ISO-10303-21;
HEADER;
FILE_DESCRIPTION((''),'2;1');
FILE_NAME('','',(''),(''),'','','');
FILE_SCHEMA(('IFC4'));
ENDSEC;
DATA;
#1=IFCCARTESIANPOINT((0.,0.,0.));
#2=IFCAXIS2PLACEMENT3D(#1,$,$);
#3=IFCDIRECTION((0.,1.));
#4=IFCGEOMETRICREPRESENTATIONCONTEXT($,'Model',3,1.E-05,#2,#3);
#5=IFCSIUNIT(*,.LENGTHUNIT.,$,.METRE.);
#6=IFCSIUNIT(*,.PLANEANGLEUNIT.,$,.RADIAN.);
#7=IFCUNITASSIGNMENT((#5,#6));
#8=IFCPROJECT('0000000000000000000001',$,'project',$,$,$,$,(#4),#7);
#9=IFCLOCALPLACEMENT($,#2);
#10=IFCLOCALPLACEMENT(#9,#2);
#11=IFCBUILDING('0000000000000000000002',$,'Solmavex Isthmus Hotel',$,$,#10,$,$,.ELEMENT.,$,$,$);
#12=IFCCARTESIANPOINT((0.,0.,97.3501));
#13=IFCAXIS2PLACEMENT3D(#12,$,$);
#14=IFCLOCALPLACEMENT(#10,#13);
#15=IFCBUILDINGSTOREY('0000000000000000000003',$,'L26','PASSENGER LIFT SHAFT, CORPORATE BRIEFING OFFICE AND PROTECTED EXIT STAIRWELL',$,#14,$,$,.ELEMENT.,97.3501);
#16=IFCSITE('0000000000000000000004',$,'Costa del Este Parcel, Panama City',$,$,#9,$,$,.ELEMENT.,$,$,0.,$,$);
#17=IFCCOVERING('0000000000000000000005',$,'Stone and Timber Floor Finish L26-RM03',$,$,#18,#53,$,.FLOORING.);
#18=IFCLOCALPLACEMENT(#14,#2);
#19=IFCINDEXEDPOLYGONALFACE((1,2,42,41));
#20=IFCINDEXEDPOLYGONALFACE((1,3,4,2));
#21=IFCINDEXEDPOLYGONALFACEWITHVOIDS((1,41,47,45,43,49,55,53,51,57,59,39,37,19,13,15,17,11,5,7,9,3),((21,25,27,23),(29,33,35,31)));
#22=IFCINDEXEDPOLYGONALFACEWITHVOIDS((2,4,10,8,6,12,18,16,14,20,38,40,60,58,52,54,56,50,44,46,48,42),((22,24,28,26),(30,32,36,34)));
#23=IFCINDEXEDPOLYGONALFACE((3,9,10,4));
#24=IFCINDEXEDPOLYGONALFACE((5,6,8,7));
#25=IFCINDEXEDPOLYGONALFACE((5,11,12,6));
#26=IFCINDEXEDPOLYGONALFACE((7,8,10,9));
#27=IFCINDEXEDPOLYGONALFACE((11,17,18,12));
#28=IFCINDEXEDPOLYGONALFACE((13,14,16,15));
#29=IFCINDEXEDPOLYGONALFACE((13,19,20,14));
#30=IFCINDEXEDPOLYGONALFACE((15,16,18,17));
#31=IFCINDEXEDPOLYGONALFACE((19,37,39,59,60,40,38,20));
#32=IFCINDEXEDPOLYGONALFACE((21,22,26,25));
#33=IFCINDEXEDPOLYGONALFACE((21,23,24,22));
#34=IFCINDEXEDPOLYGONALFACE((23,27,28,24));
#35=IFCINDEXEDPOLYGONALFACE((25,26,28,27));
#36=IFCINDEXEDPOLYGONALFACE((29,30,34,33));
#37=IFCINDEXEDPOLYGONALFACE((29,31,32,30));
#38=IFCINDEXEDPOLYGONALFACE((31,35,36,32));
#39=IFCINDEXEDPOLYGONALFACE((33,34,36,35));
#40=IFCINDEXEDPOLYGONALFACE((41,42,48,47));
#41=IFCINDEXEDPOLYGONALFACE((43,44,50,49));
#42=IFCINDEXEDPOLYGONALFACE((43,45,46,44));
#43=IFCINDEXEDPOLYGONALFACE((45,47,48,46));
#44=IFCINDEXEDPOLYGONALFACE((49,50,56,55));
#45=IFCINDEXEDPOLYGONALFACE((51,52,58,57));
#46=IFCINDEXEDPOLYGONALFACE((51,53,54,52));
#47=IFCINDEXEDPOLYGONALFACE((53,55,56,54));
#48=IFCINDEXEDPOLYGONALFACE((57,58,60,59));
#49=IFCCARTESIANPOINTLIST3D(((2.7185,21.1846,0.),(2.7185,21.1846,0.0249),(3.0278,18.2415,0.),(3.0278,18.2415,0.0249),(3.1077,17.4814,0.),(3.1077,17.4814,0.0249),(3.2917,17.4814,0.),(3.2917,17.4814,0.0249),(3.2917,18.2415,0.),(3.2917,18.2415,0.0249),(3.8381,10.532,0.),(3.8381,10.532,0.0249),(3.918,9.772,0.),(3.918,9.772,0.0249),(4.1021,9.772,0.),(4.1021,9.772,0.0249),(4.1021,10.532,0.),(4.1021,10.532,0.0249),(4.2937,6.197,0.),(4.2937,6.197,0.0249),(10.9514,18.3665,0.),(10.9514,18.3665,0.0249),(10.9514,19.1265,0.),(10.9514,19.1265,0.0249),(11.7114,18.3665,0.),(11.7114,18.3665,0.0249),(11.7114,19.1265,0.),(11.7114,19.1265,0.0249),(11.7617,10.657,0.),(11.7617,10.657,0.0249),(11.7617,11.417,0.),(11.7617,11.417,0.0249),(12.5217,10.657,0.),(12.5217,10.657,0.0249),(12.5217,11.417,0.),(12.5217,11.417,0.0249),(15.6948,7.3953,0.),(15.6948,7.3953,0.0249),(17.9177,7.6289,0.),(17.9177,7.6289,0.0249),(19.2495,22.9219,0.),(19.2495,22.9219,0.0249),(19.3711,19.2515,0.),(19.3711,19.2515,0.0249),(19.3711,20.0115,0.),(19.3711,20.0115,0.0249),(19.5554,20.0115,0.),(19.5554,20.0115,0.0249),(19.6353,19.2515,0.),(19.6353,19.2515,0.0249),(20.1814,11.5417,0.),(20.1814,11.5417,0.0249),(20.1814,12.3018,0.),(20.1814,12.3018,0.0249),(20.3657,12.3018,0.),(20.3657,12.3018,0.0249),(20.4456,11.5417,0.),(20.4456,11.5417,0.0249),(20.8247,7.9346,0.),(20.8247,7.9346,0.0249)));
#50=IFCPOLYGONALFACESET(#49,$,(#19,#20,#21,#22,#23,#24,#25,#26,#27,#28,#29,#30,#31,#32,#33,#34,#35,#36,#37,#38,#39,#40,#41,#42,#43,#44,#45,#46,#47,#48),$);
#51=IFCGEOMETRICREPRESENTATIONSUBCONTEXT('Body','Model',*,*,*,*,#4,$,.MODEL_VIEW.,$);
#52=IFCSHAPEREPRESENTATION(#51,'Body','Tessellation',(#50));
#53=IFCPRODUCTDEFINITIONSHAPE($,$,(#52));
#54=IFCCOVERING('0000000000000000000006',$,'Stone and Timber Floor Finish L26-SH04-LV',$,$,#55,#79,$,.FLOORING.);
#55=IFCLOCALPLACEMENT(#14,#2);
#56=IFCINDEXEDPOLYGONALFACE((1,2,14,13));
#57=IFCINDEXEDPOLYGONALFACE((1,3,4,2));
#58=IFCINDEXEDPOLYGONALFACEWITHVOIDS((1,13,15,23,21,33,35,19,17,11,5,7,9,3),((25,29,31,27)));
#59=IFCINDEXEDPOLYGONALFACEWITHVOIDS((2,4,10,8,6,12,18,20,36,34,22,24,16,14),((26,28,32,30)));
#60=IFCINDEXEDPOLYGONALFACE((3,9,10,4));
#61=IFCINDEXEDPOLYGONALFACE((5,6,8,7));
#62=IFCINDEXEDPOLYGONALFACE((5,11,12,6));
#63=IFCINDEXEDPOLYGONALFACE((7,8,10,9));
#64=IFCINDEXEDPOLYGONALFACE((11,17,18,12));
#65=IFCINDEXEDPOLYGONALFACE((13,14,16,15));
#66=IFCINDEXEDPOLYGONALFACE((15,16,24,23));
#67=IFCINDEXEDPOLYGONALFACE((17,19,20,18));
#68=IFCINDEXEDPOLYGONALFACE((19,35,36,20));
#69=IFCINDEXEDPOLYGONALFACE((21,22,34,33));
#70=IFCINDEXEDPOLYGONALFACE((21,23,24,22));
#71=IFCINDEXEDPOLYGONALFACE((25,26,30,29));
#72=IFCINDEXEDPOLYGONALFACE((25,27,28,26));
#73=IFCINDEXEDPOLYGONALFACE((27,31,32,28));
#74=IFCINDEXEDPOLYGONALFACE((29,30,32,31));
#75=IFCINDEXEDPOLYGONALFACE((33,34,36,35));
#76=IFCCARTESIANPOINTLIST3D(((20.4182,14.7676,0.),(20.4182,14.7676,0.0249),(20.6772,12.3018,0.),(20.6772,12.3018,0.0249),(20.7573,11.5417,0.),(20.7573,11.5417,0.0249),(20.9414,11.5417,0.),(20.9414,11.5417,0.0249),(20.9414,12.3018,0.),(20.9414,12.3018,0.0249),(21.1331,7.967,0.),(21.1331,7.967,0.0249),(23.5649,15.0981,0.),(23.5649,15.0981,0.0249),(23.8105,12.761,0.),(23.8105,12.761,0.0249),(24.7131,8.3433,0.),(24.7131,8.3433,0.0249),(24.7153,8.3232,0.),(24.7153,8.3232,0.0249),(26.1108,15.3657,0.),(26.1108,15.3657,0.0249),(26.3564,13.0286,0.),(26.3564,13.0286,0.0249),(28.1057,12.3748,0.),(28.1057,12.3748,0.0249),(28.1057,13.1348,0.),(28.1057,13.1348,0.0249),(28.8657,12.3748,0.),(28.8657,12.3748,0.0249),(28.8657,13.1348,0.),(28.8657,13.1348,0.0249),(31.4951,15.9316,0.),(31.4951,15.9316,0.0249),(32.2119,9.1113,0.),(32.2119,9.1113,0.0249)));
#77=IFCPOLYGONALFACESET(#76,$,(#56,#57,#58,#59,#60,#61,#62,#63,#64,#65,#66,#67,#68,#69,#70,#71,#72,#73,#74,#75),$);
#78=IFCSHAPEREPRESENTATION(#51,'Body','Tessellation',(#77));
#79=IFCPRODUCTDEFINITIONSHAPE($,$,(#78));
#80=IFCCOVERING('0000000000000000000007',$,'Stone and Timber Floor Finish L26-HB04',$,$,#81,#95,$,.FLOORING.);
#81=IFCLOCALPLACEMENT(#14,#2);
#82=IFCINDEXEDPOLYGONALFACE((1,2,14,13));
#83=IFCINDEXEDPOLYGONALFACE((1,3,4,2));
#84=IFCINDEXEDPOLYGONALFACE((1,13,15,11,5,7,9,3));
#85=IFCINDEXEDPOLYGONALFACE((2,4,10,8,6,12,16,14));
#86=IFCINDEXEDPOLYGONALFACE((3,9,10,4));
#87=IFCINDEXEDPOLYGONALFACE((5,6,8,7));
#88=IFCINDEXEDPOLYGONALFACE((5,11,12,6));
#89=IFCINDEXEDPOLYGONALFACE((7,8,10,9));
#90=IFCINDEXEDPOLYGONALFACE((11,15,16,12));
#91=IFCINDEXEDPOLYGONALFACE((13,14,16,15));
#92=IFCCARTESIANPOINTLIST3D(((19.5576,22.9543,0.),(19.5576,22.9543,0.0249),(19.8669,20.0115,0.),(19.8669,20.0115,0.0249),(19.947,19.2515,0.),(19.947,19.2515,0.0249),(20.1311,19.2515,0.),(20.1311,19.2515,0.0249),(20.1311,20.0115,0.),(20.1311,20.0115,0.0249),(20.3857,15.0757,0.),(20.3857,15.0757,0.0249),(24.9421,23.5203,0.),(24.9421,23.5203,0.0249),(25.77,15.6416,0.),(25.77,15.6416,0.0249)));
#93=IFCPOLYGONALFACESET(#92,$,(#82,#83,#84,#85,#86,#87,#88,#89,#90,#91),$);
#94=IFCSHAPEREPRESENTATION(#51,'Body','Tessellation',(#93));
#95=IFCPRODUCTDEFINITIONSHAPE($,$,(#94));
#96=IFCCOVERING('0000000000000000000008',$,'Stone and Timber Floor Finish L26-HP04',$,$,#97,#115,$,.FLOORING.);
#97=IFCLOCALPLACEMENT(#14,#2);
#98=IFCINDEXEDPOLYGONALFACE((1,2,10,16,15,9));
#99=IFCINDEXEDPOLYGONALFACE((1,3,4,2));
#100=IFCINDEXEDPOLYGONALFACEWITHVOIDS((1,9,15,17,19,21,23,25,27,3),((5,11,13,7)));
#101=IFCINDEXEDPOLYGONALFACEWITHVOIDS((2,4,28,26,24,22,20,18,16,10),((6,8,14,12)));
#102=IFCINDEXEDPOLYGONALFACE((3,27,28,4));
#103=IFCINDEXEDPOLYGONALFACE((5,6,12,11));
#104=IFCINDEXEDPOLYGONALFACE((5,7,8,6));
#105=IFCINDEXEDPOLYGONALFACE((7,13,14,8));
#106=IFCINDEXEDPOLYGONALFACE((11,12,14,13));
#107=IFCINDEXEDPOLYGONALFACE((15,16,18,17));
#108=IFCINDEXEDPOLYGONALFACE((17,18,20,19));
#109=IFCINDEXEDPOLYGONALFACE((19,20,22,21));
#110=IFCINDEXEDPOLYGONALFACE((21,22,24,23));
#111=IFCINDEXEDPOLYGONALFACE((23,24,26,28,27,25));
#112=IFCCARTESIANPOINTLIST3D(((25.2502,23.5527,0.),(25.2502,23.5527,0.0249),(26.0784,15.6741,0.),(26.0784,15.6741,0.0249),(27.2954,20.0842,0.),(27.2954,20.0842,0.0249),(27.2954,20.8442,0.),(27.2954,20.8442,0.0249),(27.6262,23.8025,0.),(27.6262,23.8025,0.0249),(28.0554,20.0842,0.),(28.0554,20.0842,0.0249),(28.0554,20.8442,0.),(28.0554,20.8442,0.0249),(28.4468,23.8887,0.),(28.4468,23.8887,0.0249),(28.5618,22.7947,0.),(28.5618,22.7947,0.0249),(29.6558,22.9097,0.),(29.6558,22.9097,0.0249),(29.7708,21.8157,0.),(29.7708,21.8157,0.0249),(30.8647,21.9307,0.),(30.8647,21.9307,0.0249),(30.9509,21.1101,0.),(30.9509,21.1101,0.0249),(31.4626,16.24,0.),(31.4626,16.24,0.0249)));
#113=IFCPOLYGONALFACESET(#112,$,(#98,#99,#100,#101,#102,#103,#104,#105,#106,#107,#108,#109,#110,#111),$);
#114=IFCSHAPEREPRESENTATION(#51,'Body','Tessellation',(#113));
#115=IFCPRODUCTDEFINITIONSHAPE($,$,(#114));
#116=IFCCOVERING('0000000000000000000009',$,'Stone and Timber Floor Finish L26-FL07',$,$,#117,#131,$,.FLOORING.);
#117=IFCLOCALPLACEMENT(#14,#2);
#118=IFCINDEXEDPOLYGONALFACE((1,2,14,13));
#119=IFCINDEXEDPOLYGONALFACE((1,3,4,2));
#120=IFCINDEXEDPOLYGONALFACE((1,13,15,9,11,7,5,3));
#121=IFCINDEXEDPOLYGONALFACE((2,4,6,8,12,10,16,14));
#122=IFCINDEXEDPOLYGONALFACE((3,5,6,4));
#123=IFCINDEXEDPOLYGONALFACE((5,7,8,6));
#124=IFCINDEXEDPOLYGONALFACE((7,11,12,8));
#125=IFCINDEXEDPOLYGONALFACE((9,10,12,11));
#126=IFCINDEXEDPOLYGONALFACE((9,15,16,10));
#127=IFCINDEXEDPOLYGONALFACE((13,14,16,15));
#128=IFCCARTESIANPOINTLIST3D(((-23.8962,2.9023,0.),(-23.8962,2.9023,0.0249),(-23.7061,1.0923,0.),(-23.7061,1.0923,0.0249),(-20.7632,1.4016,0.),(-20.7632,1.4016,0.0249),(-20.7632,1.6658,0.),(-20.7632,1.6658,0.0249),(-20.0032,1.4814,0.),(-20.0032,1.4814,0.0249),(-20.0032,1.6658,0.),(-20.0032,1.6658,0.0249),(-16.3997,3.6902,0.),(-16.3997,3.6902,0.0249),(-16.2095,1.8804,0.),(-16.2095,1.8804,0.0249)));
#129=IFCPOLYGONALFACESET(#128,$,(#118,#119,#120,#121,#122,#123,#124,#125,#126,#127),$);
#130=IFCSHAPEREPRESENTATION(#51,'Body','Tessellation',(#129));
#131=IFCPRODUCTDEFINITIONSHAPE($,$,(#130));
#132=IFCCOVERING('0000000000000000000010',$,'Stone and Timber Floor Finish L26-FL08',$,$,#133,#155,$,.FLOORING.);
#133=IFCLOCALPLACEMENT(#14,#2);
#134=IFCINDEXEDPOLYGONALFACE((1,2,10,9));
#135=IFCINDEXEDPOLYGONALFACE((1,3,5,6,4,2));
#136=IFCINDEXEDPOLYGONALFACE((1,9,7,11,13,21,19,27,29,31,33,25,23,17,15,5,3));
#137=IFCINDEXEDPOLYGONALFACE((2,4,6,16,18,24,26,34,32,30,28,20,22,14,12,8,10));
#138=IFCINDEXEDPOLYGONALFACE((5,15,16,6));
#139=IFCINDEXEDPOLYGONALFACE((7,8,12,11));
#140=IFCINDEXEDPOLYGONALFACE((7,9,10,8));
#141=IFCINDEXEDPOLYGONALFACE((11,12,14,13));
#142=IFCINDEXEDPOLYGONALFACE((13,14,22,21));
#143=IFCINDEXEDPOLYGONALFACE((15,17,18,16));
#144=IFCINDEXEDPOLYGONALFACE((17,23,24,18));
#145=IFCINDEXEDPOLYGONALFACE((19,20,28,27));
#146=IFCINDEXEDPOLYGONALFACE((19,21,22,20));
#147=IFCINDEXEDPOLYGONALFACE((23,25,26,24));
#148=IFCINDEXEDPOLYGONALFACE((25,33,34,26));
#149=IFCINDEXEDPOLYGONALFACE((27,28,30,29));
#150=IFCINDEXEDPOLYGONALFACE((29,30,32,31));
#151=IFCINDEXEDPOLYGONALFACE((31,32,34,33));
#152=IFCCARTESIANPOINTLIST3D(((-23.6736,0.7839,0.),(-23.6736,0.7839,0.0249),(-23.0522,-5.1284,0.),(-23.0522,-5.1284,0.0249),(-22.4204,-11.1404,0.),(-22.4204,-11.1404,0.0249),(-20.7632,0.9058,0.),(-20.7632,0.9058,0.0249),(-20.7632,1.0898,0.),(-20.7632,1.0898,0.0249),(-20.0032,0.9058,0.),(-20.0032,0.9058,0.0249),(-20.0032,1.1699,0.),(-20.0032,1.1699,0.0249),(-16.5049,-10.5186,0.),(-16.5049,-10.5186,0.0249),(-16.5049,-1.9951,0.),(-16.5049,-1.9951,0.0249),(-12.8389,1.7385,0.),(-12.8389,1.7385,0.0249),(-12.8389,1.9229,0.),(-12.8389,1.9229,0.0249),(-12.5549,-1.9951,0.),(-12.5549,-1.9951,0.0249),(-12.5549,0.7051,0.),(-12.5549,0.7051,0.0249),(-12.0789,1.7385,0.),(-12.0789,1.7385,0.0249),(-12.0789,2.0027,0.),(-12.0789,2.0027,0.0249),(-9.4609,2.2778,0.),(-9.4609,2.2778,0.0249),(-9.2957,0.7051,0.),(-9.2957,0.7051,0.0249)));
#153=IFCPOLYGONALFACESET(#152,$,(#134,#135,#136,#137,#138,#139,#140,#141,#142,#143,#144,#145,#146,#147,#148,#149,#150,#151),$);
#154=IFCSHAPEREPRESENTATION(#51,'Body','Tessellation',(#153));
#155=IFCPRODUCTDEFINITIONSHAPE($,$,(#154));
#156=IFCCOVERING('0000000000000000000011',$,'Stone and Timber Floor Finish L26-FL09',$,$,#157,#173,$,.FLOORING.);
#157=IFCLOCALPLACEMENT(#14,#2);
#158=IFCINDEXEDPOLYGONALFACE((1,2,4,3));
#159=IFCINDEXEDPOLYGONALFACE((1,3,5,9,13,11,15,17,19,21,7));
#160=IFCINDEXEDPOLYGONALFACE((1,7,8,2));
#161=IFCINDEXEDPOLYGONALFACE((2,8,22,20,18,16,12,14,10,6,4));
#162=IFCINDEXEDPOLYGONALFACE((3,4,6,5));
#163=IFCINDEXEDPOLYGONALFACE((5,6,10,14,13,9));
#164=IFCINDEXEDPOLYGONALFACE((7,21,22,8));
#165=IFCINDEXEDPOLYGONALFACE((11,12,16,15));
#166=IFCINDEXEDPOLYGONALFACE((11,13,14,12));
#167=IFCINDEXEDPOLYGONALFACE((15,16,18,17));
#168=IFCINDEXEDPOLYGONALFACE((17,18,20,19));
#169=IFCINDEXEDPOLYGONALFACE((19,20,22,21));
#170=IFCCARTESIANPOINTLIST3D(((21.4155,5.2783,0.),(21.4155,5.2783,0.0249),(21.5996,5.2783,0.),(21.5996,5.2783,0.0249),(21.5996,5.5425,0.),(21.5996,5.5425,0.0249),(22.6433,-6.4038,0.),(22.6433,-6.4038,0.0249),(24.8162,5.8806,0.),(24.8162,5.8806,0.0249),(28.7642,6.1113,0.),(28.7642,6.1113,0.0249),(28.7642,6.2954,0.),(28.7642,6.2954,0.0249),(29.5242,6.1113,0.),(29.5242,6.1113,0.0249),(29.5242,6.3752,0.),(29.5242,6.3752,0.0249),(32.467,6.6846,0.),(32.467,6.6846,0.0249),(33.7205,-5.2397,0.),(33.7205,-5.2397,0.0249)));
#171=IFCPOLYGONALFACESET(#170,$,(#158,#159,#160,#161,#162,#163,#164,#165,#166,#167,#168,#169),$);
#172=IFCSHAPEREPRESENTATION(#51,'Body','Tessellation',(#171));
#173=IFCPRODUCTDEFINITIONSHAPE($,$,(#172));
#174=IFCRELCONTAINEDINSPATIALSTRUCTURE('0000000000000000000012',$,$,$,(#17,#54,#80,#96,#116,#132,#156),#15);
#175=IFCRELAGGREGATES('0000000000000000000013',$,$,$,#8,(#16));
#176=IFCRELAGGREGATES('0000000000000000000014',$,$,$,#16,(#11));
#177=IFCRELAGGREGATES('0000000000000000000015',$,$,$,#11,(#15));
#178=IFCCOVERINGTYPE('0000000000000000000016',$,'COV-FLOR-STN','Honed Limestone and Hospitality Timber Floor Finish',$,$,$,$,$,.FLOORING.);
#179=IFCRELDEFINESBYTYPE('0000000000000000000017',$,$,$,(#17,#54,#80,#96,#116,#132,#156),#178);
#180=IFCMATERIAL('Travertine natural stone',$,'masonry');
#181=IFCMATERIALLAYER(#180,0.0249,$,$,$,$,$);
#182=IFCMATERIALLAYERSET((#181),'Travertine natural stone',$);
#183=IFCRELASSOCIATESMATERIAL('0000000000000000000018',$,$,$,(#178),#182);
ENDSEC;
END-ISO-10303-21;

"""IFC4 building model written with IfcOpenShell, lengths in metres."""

from ifc_helpers import new_model, si_unit, direction, frame, origin, place, context, subcontext, project, spatial, polyline, outline, extrude, material, layer, layer_set, type_object, element, save


model = new_model("IFC4")

# Units and contexts
model_context = context("Model", 3, precision=1e-05, world=origin(), true_north=direction((0.0, 1.0)))
body_context = subcontext(model_context, "Body", "Model", "MODEL_VIEW")
ifc_project = project(units=[si_unit("LENGTHUNIT", "METRE"), si_unit("PLANEANGLEUNIT", "RADIAN")], contexts=[model_context])

# Site, building, storey
site_placement = place(None, origin())
site = spatial("IfcSite", under=ifc_project, at=site_placement, Name="Costa del Este Parcel, Panama City", CompositionType="ELEMENT", RefElevation=0.0)
building_placement = place(site_placement, origin())
building = spatial("IfcBuilding", under=site, at=building_placement, Name="Solmavex Isthmus Hotel", CompositionType="ELEMENT")
storey_placement = place(building_placement, frame((0.0, 0.0, 97.3501)))
storey = spatial("IfcBuildingStorey", under=building, at=storey_placement, Name="L26", Description="PASSENGER LIFT SHAFT, CORPORATE BRIEFING OFFICE AND PROTECTED EXIT STAIRWELL", CompositionType="ELEMENT", Elevation=97.3501)

# Coverings
ifc_material_1 = material(Name="Travertine natural stone", Category="masonry")
ifc_layer_1 = layer(ifc_material_1, 0.0249)
ifc_layer_set_1 = layer_set([ifc_layer_1], Name="Travertine natural stone")
covering_type_1 = type_object("IfcCoveringType", Name="COV-FLOR-STN", Description="Honed Limestone and Hospitality Timber Floor Finish", PredefinedType="FLOORING", material=ifc_layer_set_1)
covering_1_placement = place(storey_placement, origin())
element("IfcCovering", 1, at=covering_1_placement, inside=storey, type_object=covering_type_1, Name="Stone and Timber Floor Finish L26-RM03", PredefinedType="FLOORING", context=body_context, shape_type="SweptSolid", body=[
    extrude(outline(polyline([(3.8381, 10.532), (4.1021, 10.532), (4.1021, 9.772), (3.918, 9.772), (4.2937, 6.197), (15.6948, 7.3953), (17.9177, 7.6289), (20.8247, 7.9346), (20.4456, 11.5417), (20.1814, 11.5417), (20.1814, 12.3018), (20.3657, 12.3018), (19.6353, 19.2515), (19.3711, 19.2515), (19.3711, 20.0115), (19.5554, 20.0115), (19.2495, 22.9219), (2.7185, 21.1846), (3.0278, 18.2415), (3.2917, 18.2415), (3.2917, 17.4814), (3.1077, 17.4814), (3.8381, 10.532)]), holes=[polyline([(11.7617, 10.657), (11.7617, 11.417), (12.5217, 11.417), (12.5217, 10.657), (11.7617, 10.657)]), polyline([(10.9514, 18.3665), (10.9514, 19.1265), (11.7114, 19.1265), (11.7114, 18.3665), (10.9514, 18.3665)])]), origin(), (0.0, 0.0, 1.0), 0.0249),
])
covering_2_placement = place(storey_placement, origin())
element("IfcCovering", 2, at=covering_2_placement, inside=storey, type_object=covering_type_1, Name="Stone and Timber Floor Finish L26-SH04-LV", PredefinedType="FLOORING", context=body_context, shape_type="SweptSolid", body=[
    extrude(outline(polyline([(23.5649, 15.0981), (20.4182, 14.7676), (20.6772, 12.3018), (20.9414, 12.3018), (20.9414, 11.5417), (20.7573, 11.5417), (21.1331, 7.967), (24.7131, 8.3433), (24.7153, 8.3232), (32.2119, 9.1113), (31.4951, 15.9316), (26.1108, 15.3657), (26.3564, 13.0286), (23.8105, 12.761), (23.5649, 15.0981)]), holes=[polyline([(28.1057, 12.3748), (28.1057, 13.1348), (28.8657, 13.1348), (28.8657, 12.3748), (28.1057, 12.3748)])]), origin(), (0.0, 0.0, 1.0), 0.0249),
])
covering_3_placement = place(storey_placement, origin())
element("IfcCovering", 3, at=covering_3_placement, inside=storey, type_object=covering_type_1, Name="Stone and Timber Floor Finish L26-HB04", PredefinedType="FLOORING", context=body_context, shape_type="SweptSolid", body=[
    extrude(outline(polyline([(19.8669, 20.0115), (20.1311, 20.0115), (20.1311, 19.2515), (19.947, 19.2515), (20.3857, 15.0757), (25.77, 15.6416), (24.9421, 23.5203), (19.5576, 22.9543), (19.8669, 20.0115)])), origin(), (0.0, 0.0, 1.0), 0.0249),
])
covering_4_placement = place(storey_placement, origin())
element("IfcCovering", 4, at=covering_4_placement, inside=storey, type_object=covering_type_1, Name="Stone and Timber Floor Finish L26-HP04", PredefinedType="FLOORING", context=body_context, shape_type="SweptSolid", body=[
    extrude(outline(polyline([(30.8647, 21.9307), (29.7708, 21.8157), (29.6558, 22.9097), (28.5618, 22.7947), (28.4468, 23.8887), (27.6262, 23.8025), (25.2502, 23.5527), (26.0784, 15.6741), (31.4626, 16.24), (30.9509, 21.1101), (30.8647, 21.9307)]), holes=[polyline([(27.2954, 20.8442), (28.0554, 20.8442), (28.0554, 20.0842), (27.2954, 20.0842), (27.2954, 20.8442)])]), origin(), (0.0, 0.0, 1.0), 0.0249),
])
covering_5_placement = place(storey_placement, origin())
element("IfcCovering", 5, at=covering_5_placement, inside=storey, type_object=covering_type_1, Name="Stone and Timber Floor Finish L26-FL07", PredefinedType="FLOORING", context=body_context, shape_type="SweptSolid", body=[
    extrude(outline(polyline([(-16.2095, 1.8804), (-16.3997, 3.6902), (-23.8962, 2.9023), (-23.7061, 1.0923), (-20.7632, 1.4016), (-20.7632, 1.6658), (-20.0032, 1.6658), (-20.0032, 1.4814), (-16.2095, 1.8804)])), origin(), (0.0, 0.0, 1.0), 0.0249),
])
covering_6_placement = place(storey_placement, origin())
element("IfcCovering", 6, at=covering_6_placement, inside=storey, type_object=covering_type_1, Name="Stone and Timber Floor Finish L26-FL08", PredefinedType="FLOORING", context=body_context, shape_type="SweptSolid", body=[
    extrude(outline(polyline([(-20.0032, 1.1699), (-20.0032, 0.9058), (-20.7632, 0.9058), (-20.7632, 1.0898), (-23.6736, 0.7839), (-23.0522, -5.1284), (-22.4204, -11.1404), (-16.5049, -10.5186), (-16.5049, -1.9951), (-12.5549, -1.9951), (-12.5549, 0.7051), (-9.2957, 0.7051), (-9.4609, 2.2778), (-12.0789, 2.0027), (-12.0789, 1.7385), (-12.8389, 1.7385), (-12.8389, 1.9229), (-20.0032, 1.1699)])), origin(), (0.0, 0.0, 1.0), 0.0249),
])
covering_7_placement = place(storey_placement, origin())
element("IfcCovering", 7, at=covering_7_placement, inside=storey, type_object=covering_type_1, Name="Stone and Timber Floor Finish L26-FL09", PredefinedType="FLOORING", context=body_context, shape_type="SweptSolid", body=[
    extrude(outline(polyline([(29.5242, 6.3752), (29.5242, 6.1113), (28.7642, 6.1113), (28.7642, 6.2954), (24.8162, 5.8806), (21.5996, 5.5425), (21.5996, 5.2783), (21.4155, 5.2783), (22.6433, -6.4038), (33.7205, -5.2397), (32.467, 6.6846), (29.5242, 6.3752)])), origin(), (0.0, 0.0, 1.0), 0.0249),
])

save(model, "model.ifc")
